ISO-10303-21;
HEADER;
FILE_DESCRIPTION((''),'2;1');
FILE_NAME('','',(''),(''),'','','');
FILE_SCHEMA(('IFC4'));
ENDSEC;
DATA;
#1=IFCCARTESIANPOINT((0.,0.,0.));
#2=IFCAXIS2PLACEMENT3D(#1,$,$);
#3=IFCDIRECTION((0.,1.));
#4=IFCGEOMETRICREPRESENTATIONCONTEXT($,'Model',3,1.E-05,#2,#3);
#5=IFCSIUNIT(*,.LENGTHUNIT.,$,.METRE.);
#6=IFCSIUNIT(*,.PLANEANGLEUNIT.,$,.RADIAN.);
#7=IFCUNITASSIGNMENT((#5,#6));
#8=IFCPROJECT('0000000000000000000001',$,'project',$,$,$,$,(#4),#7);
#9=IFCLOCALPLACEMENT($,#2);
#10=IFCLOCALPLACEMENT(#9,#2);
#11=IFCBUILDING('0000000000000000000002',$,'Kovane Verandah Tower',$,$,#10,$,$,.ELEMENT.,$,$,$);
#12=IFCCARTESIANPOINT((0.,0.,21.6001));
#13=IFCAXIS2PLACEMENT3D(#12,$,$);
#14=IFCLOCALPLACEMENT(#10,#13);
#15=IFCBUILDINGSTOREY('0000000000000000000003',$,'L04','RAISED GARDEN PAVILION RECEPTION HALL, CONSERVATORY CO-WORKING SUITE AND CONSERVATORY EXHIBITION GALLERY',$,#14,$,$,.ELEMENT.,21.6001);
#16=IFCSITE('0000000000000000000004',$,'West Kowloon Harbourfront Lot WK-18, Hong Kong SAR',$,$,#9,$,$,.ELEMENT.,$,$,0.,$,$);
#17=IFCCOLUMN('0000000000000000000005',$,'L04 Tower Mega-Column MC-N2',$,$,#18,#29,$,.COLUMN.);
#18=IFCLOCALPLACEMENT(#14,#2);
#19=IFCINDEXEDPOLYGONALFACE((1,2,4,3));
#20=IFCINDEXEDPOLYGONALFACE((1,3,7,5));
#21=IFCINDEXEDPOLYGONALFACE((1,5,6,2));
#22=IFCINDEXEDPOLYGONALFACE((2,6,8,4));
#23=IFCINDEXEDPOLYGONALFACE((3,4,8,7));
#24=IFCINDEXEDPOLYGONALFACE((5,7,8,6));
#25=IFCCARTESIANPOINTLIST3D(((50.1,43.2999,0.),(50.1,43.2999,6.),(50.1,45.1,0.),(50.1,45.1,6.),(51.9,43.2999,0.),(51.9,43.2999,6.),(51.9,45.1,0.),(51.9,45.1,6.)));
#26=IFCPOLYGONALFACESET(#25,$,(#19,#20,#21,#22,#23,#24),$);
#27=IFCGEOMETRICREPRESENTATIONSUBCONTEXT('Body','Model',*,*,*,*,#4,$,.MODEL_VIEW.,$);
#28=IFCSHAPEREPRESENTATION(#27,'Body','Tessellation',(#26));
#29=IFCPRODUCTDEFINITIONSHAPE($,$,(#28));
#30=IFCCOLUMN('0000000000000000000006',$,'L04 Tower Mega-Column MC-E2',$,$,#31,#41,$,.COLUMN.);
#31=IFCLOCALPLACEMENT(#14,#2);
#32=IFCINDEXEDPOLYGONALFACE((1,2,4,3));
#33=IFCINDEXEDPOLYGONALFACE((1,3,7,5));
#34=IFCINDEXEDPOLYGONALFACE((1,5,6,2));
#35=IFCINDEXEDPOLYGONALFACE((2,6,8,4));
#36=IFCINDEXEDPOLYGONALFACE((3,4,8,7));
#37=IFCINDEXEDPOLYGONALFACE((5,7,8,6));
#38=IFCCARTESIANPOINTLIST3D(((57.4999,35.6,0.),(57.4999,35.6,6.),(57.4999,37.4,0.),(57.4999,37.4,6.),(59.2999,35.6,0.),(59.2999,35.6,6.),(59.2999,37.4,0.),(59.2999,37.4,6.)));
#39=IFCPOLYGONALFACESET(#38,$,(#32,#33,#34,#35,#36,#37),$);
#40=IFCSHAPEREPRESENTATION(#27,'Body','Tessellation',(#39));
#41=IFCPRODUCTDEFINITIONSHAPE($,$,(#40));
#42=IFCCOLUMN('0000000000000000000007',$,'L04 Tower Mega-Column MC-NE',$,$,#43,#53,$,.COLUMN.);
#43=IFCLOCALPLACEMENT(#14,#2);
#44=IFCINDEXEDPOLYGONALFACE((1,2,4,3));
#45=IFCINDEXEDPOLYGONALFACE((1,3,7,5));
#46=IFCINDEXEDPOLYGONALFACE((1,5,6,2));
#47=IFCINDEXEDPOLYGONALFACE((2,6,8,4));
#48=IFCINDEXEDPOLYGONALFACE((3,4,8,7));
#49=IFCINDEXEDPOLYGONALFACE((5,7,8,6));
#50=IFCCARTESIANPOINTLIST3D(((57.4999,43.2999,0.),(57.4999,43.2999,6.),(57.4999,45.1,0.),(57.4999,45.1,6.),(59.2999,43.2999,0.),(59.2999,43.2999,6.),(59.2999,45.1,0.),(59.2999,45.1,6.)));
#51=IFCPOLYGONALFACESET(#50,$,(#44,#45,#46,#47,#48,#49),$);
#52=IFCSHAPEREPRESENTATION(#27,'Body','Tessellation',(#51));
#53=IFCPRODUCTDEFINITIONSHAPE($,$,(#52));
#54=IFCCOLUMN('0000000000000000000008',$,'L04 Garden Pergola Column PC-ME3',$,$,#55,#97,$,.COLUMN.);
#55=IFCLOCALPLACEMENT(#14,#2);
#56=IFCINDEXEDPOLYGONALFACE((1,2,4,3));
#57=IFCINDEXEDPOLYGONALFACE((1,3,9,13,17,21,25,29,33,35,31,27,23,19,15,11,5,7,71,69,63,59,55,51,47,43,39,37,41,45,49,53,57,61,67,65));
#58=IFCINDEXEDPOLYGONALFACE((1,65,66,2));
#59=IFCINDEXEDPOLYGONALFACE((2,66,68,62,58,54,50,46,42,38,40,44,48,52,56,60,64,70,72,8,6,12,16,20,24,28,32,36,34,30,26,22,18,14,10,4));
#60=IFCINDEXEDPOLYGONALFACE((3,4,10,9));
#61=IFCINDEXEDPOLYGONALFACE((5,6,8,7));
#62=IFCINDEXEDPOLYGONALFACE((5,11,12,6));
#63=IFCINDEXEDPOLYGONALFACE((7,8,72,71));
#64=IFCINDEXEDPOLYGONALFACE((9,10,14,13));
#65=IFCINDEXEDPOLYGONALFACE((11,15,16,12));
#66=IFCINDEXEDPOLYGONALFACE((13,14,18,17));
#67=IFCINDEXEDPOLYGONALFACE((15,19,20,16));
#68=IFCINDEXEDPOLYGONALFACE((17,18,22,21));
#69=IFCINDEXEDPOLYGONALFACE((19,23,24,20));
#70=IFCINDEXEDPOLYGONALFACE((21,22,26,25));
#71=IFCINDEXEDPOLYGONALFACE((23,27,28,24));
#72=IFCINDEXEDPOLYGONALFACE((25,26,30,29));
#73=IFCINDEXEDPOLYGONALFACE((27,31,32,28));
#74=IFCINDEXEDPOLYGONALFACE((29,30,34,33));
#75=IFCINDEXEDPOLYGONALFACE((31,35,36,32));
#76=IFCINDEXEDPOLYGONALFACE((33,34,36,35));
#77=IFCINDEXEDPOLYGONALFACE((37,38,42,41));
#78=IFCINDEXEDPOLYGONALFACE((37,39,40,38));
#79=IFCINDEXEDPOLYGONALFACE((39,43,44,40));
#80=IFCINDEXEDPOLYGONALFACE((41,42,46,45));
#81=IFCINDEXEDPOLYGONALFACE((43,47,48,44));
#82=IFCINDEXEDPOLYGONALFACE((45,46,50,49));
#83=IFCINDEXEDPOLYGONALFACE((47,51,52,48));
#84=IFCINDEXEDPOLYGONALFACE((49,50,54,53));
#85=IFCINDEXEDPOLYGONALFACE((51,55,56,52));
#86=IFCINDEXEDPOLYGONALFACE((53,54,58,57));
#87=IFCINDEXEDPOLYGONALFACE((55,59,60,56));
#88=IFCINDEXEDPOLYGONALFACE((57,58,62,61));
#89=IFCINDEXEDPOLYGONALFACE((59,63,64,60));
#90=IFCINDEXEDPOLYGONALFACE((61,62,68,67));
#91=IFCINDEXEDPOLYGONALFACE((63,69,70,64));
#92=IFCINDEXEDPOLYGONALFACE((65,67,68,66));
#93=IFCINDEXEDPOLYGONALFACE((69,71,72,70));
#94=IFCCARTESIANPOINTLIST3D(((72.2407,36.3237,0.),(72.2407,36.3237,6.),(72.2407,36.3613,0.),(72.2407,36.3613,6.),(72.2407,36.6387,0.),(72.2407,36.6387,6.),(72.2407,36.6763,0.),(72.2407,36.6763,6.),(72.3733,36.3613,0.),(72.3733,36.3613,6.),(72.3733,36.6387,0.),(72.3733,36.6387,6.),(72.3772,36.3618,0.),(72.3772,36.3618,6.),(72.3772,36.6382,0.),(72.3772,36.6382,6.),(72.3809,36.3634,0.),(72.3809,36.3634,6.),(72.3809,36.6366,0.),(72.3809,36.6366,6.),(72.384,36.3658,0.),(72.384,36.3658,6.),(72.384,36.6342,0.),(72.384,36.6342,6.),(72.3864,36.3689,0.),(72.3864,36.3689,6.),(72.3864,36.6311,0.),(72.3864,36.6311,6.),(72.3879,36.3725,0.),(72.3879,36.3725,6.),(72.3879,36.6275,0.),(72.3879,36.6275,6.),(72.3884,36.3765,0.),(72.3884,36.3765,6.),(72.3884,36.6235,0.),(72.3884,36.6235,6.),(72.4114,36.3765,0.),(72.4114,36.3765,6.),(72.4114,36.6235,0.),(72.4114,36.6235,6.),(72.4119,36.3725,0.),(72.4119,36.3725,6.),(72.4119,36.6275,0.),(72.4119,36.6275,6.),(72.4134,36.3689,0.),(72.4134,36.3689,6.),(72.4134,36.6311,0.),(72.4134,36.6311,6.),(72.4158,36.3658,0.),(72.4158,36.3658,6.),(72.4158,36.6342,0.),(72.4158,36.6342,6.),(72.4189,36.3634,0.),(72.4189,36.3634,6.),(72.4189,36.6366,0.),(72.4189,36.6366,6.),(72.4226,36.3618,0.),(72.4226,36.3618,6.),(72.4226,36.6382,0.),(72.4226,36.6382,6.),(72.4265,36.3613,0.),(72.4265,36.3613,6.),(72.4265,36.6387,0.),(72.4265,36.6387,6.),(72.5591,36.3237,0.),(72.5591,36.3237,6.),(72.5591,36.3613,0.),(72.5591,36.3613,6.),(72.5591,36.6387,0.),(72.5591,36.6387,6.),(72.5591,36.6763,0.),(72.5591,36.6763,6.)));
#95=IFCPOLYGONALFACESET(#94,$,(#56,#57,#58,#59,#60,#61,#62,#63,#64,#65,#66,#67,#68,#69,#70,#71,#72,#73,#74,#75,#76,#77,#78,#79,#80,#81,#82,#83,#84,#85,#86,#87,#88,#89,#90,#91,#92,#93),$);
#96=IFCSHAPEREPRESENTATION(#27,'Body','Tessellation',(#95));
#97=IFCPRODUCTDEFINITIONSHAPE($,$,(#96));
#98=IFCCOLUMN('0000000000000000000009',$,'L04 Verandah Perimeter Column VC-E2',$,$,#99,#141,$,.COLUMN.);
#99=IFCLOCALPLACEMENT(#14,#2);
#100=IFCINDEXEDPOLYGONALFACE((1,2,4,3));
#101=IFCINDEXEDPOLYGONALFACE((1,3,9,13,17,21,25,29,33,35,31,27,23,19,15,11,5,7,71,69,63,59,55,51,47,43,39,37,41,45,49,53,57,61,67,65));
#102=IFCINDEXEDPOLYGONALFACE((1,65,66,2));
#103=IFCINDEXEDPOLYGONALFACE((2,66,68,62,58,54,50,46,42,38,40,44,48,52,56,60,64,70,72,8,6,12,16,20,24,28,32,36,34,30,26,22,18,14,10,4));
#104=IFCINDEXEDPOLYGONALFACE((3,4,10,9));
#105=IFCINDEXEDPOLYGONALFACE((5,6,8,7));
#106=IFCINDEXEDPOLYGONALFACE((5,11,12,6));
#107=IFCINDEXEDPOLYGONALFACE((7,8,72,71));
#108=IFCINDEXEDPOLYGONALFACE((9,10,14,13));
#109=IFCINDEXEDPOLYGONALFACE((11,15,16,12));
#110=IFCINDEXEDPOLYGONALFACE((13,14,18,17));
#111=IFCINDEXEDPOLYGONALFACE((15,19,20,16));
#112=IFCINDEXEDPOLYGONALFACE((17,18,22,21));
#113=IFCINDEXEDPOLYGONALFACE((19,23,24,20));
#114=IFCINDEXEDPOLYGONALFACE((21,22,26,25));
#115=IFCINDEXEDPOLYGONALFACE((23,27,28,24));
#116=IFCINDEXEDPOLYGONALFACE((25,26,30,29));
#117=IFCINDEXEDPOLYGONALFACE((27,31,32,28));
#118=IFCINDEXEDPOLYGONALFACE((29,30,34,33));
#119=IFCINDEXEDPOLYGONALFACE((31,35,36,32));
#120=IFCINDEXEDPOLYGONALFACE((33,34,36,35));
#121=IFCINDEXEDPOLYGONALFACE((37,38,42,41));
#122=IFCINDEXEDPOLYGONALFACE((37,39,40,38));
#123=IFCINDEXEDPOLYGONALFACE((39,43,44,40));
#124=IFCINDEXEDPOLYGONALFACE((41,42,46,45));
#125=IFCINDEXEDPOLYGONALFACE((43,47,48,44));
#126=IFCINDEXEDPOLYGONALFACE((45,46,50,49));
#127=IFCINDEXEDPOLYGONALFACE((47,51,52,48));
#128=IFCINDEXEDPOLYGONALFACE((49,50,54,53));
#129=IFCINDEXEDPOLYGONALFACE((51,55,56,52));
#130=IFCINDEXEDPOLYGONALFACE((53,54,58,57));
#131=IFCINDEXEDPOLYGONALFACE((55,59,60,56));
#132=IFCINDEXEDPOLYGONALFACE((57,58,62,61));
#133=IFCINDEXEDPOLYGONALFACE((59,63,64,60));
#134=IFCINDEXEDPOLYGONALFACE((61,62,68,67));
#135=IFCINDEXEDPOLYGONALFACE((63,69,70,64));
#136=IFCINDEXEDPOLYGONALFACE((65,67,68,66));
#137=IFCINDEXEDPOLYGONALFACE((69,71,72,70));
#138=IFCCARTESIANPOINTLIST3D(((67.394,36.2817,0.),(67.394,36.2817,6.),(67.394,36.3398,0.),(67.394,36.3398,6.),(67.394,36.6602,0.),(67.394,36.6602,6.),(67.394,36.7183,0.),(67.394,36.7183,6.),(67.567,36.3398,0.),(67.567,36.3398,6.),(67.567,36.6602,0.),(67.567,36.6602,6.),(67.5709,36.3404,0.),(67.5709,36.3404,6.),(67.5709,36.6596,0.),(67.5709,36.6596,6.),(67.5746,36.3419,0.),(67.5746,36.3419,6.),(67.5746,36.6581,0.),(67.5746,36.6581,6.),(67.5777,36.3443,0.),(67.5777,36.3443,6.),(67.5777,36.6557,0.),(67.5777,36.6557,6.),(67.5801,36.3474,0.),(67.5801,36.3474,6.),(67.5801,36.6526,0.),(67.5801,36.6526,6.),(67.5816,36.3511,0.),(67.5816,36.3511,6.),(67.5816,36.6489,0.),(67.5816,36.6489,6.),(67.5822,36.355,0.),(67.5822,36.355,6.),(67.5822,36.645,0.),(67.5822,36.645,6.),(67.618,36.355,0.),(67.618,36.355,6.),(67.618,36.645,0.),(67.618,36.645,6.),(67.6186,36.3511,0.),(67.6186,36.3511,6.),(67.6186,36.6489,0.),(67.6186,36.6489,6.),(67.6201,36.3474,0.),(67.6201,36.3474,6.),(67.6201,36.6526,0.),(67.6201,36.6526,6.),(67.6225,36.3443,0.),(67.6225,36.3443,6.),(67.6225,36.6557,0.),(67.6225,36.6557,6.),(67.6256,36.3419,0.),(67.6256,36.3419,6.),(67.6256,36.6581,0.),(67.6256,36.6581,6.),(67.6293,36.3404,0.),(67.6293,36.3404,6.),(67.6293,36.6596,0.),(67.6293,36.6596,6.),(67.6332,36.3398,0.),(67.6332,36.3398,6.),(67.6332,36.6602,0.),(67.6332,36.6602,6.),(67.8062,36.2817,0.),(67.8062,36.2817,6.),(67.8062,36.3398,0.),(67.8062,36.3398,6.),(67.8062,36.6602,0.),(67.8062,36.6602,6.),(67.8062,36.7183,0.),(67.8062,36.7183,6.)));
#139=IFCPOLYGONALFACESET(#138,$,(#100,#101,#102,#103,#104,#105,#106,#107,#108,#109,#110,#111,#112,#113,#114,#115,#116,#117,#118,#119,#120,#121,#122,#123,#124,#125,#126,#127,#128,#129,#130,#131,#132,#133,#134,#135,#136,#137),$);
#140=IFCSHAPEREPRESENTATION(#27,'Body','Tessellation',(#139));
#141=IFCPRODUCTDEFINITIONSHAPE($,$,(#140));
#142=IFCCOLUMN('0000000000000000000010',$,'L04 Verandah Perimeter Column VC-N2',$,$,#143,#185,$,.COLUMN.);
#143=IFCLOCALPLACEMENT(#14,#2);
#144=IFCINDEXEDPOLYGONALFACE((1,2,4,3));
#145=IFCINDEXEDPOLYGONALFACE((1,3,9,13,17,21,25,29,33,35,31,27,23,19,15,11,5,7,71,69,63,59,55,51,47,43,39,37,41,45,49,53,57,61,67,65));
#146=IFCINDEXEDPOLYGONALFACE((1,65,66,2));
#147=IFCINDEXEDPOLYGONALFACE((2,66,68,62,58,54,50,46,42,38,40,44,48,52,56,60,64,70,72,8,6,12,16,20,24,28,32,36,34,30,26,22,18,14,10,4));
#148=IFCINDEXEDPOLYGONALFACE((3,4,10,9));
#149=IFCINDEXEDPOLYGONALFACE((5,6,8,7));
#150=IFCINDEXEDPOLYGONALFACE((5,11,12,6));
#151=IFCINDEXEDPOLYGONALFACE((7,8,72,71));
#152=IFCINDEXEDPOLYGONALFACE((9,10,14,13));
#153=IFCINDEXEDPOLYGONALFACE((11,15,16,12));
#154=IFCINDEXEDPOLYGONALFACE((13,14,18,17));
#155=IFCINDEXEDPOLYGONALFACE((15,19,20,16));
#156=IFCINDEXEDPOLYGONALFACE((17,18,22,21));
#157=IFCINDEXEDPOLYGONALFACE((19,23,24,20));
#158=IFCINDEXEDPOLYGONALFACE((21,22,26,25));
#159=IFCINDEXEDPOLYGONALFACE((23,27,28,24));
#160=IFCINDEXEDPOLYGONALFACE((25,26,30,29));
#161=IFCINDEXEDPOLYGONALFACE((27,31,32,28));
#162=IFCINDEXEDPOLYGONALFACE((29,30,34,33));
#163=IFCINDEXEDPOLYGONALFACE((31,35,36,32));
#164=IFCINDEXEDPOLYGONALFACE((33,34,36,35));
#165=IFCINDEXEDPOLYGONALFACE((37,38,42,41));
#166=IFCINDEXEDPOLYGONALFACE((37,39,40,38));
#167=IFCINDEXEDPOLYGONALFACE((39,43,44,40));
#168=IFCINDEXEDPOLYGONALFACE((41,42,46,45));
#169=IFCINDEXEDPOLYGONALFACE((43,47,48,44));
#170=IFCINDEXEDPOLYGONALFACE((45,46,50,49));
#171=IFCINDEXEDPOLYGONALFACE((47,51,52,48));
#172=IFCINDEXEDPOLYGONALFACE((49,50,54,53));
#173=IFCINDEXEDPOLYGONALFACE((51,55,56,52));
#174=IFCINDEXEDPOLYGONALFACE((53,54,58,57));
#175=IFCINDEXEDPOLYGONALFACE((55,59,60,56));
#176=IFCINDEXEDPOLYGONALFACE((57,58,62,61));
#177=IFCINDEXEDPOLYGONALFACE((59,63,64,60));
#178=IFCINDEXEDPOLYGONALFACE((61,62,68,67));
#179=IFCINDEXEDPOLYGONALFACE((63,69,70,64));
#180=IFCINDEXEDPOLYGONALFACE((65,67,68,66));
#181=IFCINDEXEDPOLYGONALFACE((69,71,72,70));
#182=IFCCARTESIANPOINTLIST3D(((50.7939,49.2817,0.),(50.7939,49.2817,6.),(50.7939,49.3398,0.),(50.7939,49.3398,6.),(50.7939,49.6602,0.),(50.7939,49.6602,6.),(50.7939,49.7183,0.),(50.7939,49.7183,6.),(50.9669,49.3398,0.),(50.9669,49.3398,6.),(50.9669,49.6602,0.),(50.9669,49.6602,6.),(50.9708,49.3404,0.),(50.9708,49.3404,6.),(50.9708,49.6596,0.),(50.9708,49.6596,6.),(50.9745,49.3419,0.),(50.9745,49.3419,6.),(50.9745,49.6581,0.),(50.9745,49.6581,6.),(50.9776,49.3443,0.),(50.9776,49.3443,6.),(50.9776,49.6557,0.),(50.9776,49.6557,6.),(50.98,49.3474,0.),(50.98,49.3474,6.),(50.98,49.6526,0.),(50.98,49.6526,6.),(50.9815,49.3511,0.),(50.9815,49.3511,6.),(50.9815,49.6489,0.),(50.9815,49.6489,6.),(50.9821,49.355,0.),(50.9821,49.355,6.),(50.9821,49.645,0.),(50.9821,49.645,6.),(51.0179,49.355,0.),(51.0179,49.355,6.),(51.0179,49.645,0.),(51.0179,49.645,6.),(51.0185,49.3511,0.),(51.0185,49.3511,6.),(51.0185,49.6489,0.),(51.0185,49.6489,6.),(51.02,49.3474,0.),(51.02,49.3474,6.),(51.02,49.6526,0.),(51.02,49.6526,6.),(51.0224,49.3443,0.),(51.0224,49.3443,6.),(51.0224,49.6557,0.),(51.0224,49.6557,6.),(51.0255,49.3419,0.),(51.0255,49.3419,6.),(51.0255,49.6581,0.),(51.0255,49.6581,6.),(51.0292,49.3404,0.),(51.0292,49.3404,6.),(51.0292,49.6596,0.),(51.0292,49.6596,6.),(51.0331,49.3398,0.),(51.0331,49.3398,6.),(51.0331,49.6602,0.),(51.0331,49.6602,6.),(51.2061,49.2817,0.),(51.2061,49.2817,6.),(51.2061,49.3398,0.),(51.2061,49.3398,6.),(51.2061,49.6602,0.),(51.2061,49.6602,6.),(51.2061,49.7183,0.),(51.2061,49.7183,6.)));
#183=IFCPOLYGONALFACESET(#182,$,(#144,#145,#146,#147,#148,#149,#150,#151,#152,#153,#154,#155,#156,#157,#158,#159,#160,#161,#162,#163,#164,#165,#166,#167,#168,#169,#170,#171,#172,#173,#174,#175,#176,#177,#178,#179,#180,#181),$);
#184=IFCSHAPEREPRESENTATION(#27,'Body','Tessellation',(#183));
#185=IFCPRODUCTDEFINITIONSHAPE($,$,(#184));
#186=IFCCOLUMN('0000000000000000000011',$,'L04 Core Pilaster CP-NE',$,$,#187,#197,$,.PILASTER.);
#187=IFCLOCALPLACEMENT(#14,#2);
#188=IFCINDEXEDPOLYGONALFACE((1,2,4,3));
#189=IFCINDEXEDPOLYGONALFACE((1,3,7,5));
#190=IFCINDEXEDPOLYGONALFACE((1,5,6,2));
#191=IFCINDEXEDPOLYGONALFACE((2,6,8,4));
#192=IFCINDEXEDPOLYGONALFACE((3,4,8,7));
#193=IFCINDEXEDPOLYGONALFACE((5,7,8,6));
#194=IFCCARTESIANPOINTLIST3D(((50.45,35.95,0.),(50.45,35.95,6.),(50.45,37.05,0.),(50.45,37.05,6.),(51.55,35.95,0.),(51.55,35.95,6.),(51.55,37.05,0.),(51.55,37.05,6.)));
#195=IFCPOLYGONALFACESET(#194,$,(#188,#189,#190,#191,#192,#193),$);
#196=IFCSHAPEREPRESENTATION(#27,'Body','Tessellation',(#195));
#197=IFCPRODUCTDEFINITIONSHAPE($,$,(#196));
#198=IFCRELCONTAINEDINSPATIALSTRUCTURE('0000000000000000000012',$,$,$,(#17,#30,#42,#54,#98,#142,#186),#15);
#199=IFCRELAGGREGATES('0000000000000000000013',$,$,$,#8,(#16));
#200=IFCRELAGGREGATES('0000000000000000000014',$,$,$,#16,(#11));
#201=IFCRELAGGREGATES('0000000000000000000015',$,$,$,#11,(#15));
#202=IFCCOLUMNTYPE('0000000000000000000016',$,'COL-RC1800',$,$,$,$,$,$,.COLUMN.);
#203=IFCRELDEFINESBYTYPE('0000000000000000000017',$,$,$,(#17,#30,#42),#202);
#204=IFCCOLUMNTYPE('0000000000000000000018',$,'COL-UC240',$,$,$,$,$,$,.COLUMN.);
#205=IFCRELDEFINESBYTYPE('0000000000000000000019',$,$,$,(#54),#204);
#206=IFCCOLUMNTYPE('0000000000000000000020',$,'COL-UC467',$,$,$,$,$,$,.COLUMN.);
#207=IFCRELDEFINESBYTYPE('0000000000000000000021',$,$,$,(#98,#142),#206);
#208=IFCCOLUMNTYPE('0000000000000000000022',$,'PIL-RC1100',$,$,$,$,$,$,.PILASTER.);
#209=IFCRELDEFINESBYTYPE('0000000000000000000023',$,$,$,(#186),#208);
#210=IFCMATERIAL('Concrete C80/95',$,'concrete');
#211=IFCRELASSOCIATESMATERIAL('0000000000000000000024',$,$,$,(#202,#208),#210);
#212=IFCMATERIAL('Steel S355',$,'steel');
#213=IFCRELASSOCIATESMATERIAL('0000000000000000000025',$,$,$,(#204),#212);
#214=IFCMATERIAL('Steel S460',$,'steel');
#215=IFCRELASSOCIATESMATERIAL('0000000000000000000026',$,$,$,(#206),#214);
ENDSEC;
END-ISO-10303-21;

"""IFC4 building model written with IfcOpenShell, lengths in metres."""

from ifc_helpers import new_model, si_unit, direction, frame, origin, origin_2d, place, context, subcontext, project, spatial, rectangle, i_section, extrude, material, material_profile, profile_set, type_object, element, save


model = new_model("IFC4")

# Units and contexts
model_context = context("Model", 3, precision=1e-05, world=origin(), true_north=direction((0.0, 1.0)))
body_context = subcontext(model_context, "Body", "Model", "MODEL_VIEW")
ifc_project = project(units=[si_unit("LENGTHUNIT", "METRE"), si_unit("PLANEANGLEUNIT", "RADIAN")], contexts=[model_context])

# Site, building, storey
site_placement = place(None, origin())
site = spatial("IfcSite", under=ifc_project, at=site_placement, Name="West Kowloon Harbourfront Lot WK-18, Hong Kong SAR", CompositionType="ELEMENT", RefElevation=0.0)
building_placement = place(site_placement, origin())
building = spatial("IfcBuilding", under=site, at=building_placement, Name="Kovane Verandah Tower", CompositionType="ELEMENT")
storey_placement = place(building_placement, frame((0.0, 0.0, 21.6001)))
storey = spatial("IfcBuildingStorey", under=building, at=storey_placement, Name="L04", Description="RAISED GARDEN PAVILION RECEPTION HALL, CONSERVATORY CO-WORKING SUITE AND CONSERVATORY EXHIBITION GALLERY", CompositionType="ELEMENT", Elevation=21.6001)

# Columns
ifc_material_1 = material(Name="Concrete C80/95", Category="concrete")
ifc_material_profile_1 = material_profile(ifc_material_1, rectangle(XDim=1.8, YDim=1.8, at=origin_2d()), Name="RC1800x1800")
ifc_profile_set_1 = profile_set([ifc_material_profile_1], Name="Concrete C80/95")
column_type_1 = type_object("IfcColumnType", Name="COL-RC1800", PredefinedType="COLUMN", material=ifc_profile_set_1)
for number, where, z_axis, x_axis, name in (
    (1, (51.0, 44.2, 0.0), (0.0, 0.0, 1.0), (1.0, 0.0, 0.0), "L04 Tower Mega-Column MC-N2"),
    (2, (58.3999, 36.5, 0.0), (0.0, 0.0, 1.0), (1.0, 0.0, 0.0), "L04 Tower Mega-Column MC-E2"),
    (3, (58.3999, 44.2, 0.0), (0.0, 0.0, 1.0), (1.0, 0.0, 0.0), "L04 Tower Mega-Column MC-NE"),
):
    element("IfcColumn", number, at=place(storey_placement, frame(where, z_axis=z_axis, x_axis=x_axis)), inside=storey, type_object=column_type_1, Name=name, PredefinedType="COLUMN", context=body_context, shape_type="SweptSolid", body=[
        extrude(rectangle(XDim=1.8, YDim=1.8, at=origin_2d()), origin(), (0.0, 0.0, 1.0), 6.0),
    ])
ifc_material_2 = material(Name="Steel S355", Category="steel")
ifc_material_profile_2 = material_profile(ifc_material_2, i_section(OverallWidth=0.3184, OverallDepth=0.3525, WebThickness=0.0229, FlangeThickness=0.0376, FilletRadius=0.0151, at=origin_2d()), Name="UC305x305x240")
ifc_profile_set_2 = profile_set([ifc_material_profile_2], Name="Steel S355")
column_type_2 = type_object("IfcColumnType", Name="COL-UC240", PredefinedType="COLUMN", material=ifc_profile_set_2)
column_1_placement = place(storey_placement, frame((72.3999, 36.5, 0.0), z_axis=(0.0, 0.0, 1.0), x_axis=(1.0, 0.0, 0.0)))
element("IfcColumn", 4, at=column_1_placement, inside=storey, type_object=column_type_2, Name="L04 Garden Pergola Column PC-ME3", PredefinedType="COLUMN", context=body_context, shape_type="SweptSolid", body=[
    extrude(i_section(OverallWidth=0.3184, OverallDepth=0.3525, WebThickness=0.0229, FlangeThickness=0.0376, FilletRadius=0.0151, at=origin_2d()), origin(), (0.0, 0.0, 1.0), 6.0),
])
ifc_material_3 = material(Name="Steel S460", Category="steel")
ifc_material_profile_3 = material_profile(ifc_material_3, i_section(OverallWidth=0.4121, OverallDepth=0.4365, WebThickness=0.0359, FlangeThickness=0.0581, FilletRadius=0.0151, at=origin_2d()), Name="UC356x406x467")
ifc_profile_set_3 = profile_set([ifc_material_profile_3], Name="Steel S460")
column_type_3 = type_object("IfcColumnType", Name="COL-UC467", PredefinedType="COLUMN", material=ifc_profile_set_3)
for number, where, z_axis, x_axis, name in (
    (5, (67.6001, 36.5, 0.0), (0.0, 0.0, 1.0), (1.0, 0.0, 0.0), "L04 Verandah Perimeter Column VC-E2"),
    (6, (51.0, 49.5, 0.0), (0.0, 0.0, 1.0), (1.0, 0.0, 0.0), "L04 Verandah Perimeter Column VC-N2"),
):
    element("IfcColumn", number, at=place(storey_placement, frame(where, z_axis=z_axis, x_axis=x_axis)), inside=storey, type_object=column_type_3, Name=name, PredefinedType="COLUMN", context=body_context, shape_type="SweptSolid", body=[
        extrude(i_section(OverallWidth=0.4121, OverallDepth=0.4365, WebThickness=0.0359, FlangeThickness=0.0581, FilletRadius=0.0151, at=origin_2d()), origin(), (0.0, 0.0, 1.0), 6.0),
    ])
ifc_material_profile_4 = material_profile(ifc_material_1, rectangle(XDim=1.1001, YDim=1.1001, at=origin_2d()), Name="RC1100x1100")
ifc_profile_set_4 = profile_set([ifc_material_profile_4], Name="Concrete C80/95")
column_type_4 = type_object("IfcColumnType", Name="PIL-RC1100", PredefinedType="PILASTER", material=ifc_profile_set_4)
column_2_placement = place(storey_placement, frame((51.0, 36.5, 0.0), z_axis=(0.0, 0.0, 1.0), x_axis=(1.0, 0.0, 0.0)))
element("IfcColumn", 7, at=column_2_placement, inside=storey, type_object=column_type_4, Name="L04 Core Pilaster CP-NE", PredefinedType="PILASTER", context=body_context, shape_type="SweptSolid", body=[
    extrude(rectangle(XDim=1.1001, YDim=1.1001, at=origin_2d()), origin(), (0.0, 0.0, 1.0), 6.0),
])

save(model, "model.ifc")
